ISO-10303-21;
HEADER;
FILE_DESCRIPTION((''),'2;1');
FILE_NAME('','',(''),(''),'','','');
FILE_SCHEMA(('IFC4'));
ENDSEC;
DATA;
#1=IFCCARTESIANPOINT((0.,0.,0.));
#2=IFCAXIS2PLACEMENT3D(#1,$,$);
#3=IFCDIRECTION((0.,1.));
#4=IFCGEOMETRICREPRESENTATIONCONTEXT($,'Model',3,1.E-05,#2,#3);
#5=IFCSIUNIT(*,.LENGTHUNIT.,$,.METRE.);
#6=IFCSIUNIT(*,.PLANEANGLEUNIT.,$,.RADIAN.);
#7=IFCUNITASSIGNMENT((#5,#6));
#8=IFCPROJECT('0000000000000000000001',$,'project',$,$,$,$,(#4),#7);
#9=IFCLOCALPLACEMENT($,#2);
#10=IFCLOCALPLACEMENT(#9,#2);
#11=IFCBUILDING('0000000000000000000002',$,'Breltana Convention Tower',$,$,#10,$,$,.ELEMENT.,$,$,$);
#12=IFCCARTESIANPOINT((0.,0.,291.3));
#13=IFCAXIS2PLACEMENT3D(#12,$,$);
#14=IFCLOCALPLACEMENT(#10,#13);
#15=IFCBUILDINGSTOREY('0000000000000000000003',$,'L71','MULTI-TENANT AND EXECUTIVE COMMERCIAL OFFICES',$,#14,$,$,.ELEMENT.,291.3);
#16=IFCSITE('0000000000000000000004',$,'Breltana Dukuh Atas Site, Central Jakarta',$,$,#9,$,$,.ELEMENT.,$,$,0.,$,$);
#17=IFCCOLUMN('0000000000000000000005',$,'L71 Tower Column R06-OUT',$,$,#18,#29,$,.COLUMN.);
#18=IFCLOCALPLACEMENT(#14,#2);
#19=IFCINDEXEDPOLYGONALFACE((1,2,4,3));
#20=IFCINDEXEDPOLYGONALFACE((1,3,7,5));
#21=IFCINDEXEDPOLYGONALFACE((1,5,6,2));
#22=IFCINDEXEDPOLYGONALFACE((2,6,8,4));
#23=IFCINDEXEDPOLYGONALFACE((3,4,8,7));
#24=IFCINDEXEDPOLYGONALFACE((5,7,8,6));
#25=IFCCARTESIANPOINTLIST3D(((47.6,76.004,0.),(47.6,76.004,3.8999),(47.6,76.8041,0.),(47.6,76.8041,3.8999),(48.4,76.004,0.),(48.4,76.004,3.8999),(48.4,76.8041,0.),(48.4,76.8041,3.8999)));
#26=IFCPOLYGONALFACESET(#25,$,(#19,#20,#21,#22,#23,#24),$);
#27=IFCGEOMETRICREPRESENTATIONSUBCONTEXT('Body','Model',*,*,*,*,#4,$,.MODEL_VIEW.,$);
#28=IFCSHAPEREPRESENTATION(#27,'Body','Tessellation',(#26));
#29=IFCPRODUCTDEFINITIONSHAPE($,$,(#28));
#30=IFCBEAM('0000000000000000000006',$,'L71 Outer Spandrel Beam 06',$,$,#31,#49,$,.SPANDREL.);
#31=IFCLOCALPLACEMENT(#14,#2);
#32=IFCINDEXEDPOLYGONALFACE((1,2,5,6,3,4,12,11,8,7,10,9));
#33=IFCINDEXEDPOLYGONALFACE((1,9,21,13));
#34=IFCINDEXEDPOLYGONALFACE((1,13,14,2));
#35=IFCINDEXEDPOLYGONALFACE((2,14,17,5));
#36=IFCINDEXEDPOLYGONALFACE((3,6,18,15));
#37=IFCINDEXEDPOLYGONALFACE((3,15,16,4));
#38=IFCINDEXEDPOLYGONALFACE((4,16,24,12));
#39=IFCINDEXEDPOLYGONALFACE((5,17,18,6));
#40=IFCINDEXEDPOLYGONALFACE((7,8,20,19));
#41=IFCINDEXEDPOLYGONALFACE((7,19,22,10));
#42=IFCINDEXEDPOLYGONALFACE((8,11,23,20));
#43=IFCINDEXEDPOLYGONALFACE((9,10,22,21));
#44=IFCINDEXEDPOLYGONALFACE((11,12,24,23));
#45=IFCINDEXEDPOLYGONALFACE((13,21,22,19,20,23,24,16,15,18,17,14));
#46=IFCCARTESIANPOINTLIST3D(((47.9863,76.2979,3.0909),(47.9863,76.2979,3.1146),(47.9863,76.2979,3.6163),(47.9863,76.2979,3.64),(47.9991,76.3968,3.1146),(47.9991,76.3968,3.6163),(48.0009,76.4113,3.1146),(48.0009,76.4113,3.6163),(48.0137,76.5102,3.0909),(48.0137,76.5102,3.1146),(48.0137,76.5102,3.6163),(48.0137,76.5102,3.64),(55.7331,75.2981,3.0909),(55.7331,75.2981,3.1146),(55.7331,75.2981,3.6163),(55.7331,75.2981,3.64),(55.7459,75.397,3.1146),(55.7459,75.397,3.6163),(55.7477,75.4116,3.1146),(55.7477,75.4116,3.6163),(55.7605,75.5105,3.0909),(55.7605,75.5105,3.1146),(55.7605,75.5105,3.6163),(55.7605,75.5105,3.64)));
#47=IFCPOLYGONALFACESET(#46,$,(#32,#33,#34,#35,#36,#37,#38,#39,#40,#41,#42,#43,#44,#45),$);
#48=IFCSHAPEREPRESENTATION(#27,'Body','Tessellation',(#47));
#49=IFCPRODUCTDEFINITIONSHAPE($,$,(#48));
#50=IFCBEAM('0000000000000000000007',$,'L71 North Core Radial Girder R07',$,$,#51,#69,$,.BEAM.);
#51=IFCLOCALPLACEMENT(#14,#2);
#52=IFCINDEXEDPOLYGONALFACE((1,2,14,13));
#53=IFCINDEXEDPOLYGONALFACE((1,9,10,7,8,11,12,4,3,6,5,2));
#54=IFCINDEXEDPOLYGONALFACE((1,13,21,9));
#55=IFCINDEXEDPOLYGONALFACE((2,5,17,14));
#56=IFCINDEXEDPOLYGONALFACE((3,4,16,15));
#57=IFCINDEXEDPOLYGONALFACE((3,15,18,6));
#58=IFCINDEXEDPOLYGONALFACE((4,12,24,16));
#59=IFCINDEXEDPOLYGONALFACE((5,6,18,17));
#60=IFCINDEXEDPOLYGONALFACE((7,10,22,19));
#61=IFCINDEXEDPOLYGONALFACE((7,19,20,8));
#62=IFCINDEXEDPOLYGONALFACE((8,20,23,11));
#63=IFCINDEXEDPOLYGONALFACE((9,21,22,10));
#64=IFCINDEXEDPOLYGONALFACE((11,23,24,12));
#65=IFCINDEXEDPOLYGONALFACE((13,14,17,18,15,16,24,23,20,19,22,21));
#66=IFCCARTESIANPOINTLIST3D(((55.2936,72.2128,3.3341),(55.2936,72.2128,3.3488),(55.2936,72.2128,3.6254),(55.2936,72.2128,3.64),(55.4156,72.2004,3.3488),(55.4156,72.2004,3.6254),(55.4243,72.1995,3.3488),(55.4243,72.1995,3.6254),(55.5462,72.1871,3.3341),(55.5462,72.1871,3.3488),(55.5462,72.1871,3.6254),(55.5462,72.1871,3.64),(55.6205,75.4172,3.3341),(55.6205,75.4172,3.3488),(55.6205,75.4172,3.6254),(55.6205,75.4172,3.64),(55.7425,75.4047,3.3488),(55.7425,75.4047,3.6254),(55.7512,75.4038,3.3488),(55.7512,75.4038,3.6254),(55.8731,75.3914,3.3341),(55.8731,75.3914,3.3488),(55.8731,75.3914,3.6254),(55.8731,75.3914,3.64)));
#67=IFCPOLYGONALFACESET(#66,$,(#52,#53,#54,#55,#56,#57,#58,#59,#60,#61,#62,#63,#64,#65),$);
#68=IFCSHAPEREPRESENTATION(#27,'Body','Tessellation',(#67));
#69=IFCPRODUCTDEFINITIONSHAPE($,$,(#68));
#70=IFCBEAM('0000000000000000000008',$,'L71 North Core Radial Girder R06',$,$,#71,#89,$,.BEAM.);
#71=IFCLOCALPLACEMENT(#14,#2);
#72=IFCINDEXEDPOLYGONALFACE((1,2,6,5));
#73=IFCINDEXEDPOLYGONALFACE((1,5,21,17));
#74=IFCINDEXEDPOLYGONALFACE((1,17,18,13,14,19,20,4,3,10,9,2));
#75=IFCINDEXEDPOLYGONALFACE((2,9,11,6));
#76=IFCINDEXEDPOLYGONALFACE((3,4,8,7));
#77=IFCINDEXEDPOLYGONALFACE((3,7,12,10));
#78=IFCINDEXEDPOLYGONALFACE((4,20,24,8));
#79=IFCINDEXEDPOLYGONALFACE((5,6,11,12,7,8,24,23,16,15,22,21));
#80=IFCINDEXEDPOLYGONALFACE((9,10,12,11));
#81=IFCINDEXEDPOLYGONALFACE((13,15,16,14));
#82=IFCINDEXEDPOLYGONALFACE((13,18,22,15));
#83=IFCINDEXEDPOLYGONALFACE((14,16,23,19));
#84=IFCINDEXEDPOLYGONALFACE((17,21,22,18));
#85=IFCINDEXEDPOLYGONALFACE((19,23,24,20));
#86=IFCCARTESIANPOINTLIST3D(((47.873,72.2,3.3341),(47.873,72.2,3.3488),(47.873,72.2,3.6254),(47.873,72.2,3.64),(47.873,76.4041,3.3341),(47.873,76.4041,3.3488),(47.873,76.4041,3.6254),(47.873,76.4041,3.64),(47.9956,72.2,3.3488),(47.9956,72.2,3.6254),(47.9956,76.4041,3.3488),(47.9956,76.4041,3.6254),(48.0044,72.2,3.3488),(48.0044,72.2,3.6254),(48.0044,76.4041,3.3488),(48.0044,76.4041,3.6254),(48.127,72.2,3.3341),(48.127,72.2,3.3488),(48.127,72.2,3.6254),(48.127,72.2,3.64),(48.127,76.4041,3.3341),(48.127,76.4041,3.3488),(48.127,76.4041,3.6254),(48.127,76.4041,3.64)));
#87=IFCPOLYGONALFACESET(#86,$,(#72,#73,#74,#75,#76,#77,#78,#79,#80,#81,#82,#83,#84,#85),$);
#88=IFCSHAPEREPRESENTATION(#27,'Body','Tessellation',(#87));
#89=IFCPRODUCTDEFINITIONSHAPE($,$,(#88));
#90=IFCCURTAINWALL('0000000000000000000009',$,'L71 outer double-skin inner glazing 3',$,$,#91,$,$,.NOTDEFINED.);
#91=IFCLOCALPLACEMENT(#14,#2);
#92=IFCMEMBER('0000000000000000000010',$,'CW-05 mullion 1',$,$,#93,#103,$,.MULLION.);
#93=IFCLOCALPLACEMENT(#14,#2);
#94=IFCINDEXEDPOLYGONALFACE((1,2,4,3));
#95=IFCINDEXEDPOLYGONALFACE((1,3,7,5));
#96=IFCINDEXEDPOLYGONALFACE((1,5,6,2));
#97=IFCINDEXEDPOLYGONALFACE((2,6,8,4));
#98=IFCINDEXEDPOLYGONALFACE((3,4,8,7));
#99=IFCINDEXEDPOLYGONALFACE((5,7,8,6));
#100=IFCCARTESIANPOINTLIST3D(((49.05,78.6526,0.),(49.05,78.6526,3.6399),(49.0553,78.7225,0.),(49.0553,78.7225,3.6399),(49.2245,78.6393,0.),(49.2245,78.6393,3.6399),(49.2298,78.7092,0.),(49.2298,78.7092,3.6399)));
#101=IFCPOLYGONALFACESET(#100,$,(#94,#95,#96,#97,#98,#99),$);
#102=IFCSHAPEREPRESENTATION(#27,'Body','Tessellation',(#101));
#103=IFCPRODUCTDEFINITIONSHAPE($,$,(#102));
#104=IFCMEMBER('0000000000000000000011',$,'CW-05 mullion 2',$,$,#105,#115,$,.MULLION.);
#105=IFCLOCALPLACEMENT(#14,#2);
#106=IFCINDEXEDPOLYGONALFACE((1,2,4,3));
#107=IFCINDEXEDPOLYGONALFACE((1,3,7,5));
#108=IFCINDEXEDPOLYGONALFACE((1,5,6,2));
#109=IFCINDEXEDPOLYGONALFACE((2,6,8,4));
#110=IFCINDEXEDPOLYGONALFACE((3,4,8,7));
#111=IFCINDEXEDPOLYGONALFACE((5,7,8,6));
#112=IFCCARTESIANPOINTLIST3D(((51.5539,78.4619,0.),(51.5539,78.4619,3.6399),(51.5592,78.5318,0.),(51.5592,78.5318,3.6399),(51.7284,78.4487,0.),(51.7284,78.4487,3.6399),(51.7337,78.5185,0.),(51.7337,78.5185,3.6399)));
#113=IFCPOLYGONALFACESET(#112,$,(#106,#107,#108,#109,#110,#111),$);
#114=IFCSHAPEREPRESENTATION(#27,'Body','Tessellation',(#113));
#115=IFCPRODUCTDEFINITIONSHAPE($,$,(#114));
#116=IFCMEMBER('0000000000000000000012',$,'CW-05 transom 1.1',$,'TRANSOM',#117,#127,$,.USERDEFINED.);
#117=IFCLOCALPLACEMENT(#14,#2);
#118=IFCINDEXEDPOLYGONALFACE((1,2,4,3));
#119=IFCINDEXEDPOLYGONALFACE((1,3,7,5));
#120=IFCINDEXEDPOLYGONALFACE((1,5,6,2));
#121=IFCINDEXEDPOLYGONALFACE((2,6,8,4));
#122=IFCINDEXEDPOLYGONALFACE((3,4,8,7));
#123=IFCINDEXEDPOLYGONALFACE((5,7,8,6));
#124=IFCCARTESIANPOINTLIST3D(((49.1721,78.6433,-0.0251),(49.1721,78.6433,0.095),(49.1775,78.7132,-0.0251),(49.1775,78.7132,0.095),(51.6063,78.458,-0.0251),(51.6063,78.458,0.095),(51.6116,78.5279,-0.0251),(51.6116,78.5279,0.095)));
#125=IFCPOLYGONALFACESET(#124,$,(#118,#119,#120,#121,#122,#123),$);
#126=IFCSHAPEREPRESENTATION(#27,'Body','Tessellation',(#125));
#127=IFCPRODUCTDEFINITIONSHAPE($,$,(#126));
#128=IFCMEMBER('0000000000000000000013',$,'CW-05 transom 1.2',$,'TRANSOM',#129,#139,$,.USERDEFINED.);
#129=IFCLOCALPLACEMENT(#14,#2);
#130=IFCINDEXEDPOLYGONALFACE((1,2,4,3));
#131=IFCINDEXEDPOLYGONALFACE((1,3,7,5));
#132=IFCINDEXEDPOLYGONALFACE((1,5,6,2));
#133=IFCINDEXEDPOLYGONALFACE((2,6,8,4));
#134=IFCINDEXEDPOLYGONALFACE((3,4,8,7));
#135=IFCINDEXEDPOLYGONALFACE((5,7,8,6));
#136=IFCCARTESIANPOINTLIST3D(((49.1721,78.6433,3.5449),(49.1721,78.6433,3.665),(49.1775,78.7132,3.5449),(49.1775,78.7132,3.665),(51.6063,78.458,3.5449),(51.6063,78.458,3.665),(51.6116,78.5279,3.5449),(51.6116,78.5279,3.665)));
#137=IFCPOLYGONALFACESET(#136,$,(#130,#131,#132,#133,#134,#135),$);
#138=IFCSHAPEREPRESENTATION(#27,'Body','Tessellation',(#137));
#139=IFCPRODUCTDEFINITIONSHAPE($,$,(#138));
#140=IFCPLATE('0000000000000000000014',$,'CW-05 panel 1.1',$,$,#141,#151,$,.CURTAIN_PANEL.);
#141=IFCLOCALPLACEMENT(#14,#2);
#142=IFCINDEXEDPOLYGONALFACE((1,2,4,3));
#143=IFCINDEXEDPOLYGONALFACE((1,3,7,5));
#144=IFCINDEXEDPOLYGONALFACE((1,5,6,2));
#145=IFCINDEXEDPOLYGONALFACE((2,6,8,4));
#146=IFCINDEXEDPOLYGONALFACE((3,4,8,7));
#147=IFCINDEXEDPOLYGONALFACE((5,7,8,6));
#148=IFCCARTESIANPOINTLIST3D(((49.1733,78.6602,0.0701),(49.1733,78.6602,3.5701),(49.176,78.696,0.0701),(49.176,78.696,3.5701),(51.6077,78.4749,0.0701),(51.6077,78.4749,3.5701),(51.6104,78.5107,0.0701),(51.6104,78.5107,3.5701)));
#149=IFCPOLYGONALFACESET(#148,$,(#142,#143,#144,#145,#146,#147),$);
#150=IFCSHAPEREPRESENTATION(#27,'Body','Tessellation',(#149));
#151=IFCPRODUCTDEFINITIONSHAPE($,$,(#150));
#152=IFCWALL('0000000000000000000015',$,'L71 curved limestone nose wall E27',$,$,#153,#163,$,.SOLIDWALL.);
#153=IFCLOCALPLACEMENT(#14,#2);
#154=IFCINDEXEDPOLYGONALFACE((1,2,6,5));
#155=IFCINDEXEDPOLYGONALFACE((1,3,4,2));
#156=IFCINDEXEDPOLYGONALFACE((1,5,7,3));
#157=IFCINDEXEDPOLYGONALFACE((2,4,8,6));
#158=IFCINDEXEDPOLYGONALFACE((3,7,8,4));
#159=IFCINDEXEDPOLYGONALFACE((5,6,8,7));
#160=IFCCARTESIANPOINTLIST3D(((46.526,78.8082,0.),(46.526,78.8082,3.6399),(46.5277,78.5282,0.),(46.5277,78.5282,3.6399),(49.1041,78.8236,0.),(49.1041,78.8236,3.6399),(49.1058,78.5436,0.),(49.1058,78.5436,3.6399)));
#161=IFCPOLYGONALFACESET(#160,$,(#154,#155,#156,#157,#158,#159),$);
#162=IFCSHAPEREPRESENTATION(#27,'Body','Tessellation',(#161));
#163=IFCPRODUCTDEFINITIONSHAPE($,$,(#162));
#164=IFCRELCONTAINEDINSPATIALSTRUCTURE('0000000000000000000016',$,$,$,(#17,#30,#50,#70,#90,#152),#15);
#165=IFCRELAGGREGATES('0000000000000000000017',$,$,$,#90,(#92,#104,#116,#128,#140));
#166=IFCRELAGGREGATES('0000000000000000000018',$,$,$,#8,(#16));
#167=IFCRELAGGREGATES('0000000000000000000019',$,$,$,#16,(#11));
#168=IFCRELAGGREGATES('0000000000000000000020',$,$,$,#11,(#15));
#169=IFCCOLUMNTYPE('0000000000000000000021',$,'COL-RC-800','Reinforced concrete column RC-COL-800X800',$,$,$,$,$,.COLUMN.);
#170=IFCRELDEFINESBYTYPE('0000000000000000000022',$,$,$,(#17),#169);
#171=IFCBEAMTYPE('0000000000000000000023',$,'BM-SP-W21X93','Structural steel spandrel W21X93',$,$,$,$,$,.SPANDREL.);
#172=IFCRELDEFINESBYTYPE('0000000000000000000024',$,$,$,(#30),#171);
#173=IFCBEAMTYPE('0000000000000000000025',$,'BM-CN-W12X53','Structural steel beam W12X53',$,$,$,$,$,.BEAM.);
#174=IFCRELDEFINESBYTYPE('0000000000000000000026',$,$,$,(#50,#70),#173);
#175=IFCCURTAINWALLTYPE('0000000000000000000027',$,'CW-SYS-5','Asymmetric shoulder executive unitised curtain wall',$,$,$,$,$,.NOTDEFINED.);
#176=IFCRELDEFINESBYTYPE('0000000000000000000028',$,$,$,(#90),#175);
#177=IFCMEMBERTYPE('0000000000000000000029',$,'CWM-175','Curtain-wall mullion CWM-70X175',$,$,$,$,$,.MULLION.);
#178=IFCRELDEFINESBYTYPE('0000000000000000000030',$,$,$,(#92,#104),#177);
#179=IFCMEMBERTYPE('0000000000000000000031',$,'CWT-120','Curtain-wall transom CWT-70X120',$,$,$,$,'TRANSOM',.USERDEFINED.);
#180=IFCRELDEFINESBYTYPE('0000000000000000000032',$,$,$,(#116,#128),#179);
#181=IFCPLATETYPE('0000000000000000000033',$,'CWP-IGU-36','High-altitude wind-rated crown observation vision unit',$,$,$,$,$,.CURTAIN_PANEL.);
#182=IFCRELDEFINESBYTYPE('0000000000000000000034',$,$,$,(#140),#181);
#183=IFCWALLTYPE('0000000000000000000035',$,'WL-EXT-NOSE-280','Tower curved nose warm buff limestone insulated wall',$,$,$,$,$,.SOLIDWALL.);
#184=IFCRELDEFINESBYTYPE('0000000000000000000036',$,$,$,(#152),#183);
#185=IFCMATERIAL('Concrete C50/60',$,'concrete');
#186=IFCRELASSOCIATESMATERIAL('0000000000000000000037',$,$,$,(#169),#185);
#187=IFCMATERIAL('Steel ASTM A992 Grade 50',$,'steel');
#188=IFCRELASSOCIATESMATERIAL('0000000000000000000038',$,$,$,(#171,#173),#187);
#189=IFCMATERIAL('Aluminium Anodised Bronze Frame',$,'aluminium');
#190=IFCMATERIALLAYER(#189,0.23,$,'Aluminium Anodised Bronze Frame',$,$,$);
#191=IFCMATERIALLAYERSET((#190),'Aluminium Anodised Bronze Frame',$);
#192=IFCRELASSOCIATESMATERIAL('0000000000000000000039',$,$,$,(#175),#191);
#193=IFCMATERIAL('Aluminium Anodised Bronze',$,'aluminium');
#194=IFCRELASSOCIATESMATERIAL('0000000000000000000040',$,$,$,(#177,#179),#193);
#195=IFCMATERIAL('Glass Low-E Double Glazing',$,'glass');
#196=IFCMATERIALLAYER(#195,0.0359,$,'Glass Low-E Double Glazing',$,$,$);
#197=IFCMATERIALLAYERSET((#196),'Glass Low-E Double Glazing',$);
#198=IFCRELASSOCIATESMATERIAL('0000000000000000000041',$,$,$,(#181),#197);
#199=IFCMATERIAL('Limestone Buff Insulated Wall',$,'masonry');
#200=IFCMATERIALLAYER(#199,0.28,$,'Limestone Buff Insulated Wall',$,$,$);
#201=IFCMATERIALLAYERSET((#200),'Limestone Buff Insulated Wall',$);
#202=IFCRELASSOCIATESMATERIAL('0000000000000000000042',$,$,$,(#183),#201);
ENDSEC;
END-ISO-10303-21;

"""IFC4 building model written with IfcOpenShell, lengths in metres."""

from ifc_helpers import new_model, si_unit, direction, frame, frame_2d, origin, origin_2d, place, context, subcontext, project, spatial, rectangle, i_section, extrude, source, transform, mapped, material, layer, layer_set, material_profile, profile_set, type_object, element, aggregate, save


model = new_model("IFC4")

# Units and contexts
model_context = context("Model", 3, precision=1e-05, world=origin(), true_north=direction((0.0, 1.0)))
body_context = subcontext(model_context, "Body", "Model", "MODEL_VIEW")
ifc_project = project(units=[si_unit("LENGTHUNIT", "METRE"), si_unit("PLANEANGLEUNIT", "RADIAN")], contexts=[model_context])

# Site, building, storey
site_placement = place(None, origin())
site = spatial("IfcSite", under=ifc_project, at=site_placement, Name="Breltana Dukuh Atas Site, Central Jakarta", CompositionType="ELEMENT", RefElevation=0.0)
building_placement = place(site_placement, origin())
building = spatial("IfcBuilding", under=site, at=building_placement, Name="Breltana Convention Tower", CompositionType="ELEMENT")
storey_placement = place(building_placement, frame((0.0, 0.0, 291.3)))
storey = spatial("IfcBuildingStorey", under=building, at=storey_placement, Name="L71", Description="MULTI-TENANT AND EXECUTIVE COMMERCIAL OFFICES", CompositionType="ELEMENT", Elevation=291.3)

# Column
ifc_material_1 = material(Name="Concrete C50/60", Category="concrete")
ifc_material_profile_1 = material_profile(ifc_material_1, rectangle(XDim=0.8, YDim=0.8, at=origin_2d()), Name="RC-COL-800X800")
ifc_profile_set_1 = profile_set([ifc_material_profile_1], Name="Concrete C50/60")
column_type = type_object("IfcColumnType", Name="COL-RC-800", Description="Reinforced concrete column RC-COL-800X800", PredefinedType="COLUMN", material=ifc_profile_set_1)
shared_shape_1 = source(origin(), body_context, "Body", "SweptSolid", [
    extrude(rectangle(XDim=0.8, YDim=0.8, at=origin_2d()), origin(), (0.0, 0.0, 1.0), 3.8999),
])
column_placement = place(storey_placement, frame((48.0, 76.4041, 0.0), z_axis=(0.0, 0.0, 1.0), x_axis=(0.0, 1.0, 0.0)))
element("IfcColumn", 1, at=column_placement, inside=storey, type_object=column_type, Name="L71 Tower Column R06-OUT", PredefinedType="COLUMN", context=body_context, shape_type="MappedRepresentation", body=[
    mapped(shared_shape_1, transform((0.0, 0.0, 0.0), scale=1.0)),
])

# Beams
ifc_material_2 = material(Name="Steel ASTM A992 Grade 50", Category="steel")
ifc_material_profile_2 = material_profile(ifc_material_2, i_section(OverallWidth=0.2141, OverallDepth=0.5491, WebThickness=0.0146, FlangeThickness=0.0237, at=origin_2d()), Name="W21X93")
ifc_profile_set_2 = profile_set([ifc_material_profile_2], Name="Steel ASTM A992 Grade 50")
beam_type_1 = type_object("IfcBeamType", Name="BM-SP-W21X93", Description="Structural steel spandrel W21X93", PredefinedType="SPANDREL", material=ifc_profile_set_2)
shared_shape_2 = source(origin(), body_context, "Body", "SweptSolid", [
    extrude(i_section(OverallWidth=0.2141, OverallDepth=0.5491, WebThickness=0.0146, FlangeThickness=0.0237, at=origin_2d()), origin(), (0.0, 0.0, 1.0), 7.811),
])
beam_1_placement = place(storey_placement, frame((48.0, 76.4041, 3.3655), z_axis=(0.991775, -0.127992, 0.0), x_axis=(0.127992, 0.991775, 0.0)))
element("IfcBeam", 2, at=beam_1_placement, inside=storey, type_object=beam_type_1, Name="L71 Outer Spandrel Beam 06", PredefinedType="SPANDREL", context=body_context, shape_type="MappedRepresentation", body=[
    mapped(shared_shape_2, transform((0.0, 0.0, 0.0), scale=1.0)),
])
ifc_material_profile_3 = material_profile(ifc_material_2, i_section(OverallWidth=0.2539, OverallDepth=0.3059, WebThickness=0.0088, FlangeThickness=0.0146, at=origin_2d()), Name="W12X53")
ifc_profile_set_3 = profile_set([ifc_material_profile_3], Name="Steel ASTM A992 Grade 50")
beam_type_2 = type_object("IfcBeamType", Name="BM-CN-W12X53", Description="Structural steel beam W12X53", PredefinedType="BEAM", material=ifc_profile_set_3)
shared_shape_3 = source(origin(), body_context, "Body", "SweptSolid", [
    extrude(i_section(OverallWidth=0.2539, OverallDepth=0.3059, WebThickness=0.0088, FlangeThickness=0.0146, at=origin_2d()), origin(), (0.0, 0.0, 1.0), 3.2209),
])
beam_2_placement = place(storey_placement, frame((55.4199, 72.2, 3.4871), z_axis=(0.101492, 0.994836, 0.0), x_axis=(-0.994836, 0.101492, 0.0)))
element("IfcBeam", 3, at=beam_2_placement, inside=storey, type_object=beam_type_2, Name="L71 North Core Radial Girder R07", PredefinedType="BEAM", context=body_context, shape_type="MappedRepresentation", body=[
    mapped(shared_shape_3, transform((0.0, 0.0, 0.0), scale=1.0)),
])
shared_shape_4 = source(origin(), body_context, "Body", "SweptSolid", [
    extrude(i_section(OverallWidth=0.2539, OverallDepth=0.3059, WebThickness=0.0088, FlangeThickness=0.0146, at=origin_2d()), origin(), (0.0, 0.0, 1.0), 4.2041),
])
beam_3_placement = place(storey_placement, frame((48.0, 72.2, 3.4871), z_axis=(0.0, 1.0, 0.0), x_axis=(-1.0, 0.0, 0.0)))
element("IfcBeam", 4, at=beam_3_placement, inside=storey, type_object=beam_type_2, Name="L71 North Core Radial Girder R06", PredefinedType="BEAM", context=body_context, shape_type="MappedRepresentation", body=[
    mapped(shared_shape_4, transform((0.0, 0.0, 0.0), scale=1.0)),
])

# Curtain wall, members, plate
ifc_material_3 = material(Name="Aluminium Anodised Bronze Frame", Category="aluminium")
ifc_layer_1 = layer(ifc_material_3, 0.23, Name="Aluminium Anodised Bronze Frame")
ifc_layer_set_1 = layer_set([ifc_layer_1], Name="Aluminium Anodised Bronze Frame")
curtain_wall_type = type_object("IfcCurtainWallType", Name="CW-SYS-5", Description="Asymmetric shoulder executive unitised curtain wall", PredefinedType="NOTDEFINED", material=ifc_layer_set_1)
curtain_wall_placement = place(storey_placement, origin())
curtain_wall = element("IfcCurtainWall", 5, at=curtain_wall_placement, inside=storey, type_object=curtain_wall_type, Name="L71 outer double-skin inner glazing 3", PredefinedType="NOTDEFINED")
ifc_material_4 = material(Name="Aluminium Anodised Bronze", Category="aluminium")
ifc_material_profile_4 = material_profile(ifc_material_4, rectangle(XDim=0.0701, YDim=0.175, at=origin_2d()), Name="CWM-70X175")
ifc_profile_set_4 = profile_set([ifc_material_profile_4], Name="Aluminium Anodised Bronze")
member_type_1 = type_object("IfcMemberType", Name="CWM-175", Description="Curtain-wall mullion CWM-70X175", PredefinedType="MULLION", material=ifc_profile_set_4)
shared_shape_5 = source(origin(), body_context, "Body", "SweptSolid", [
    extrude(rectangle(XDim=0.0701, YDim=0.175, at=origin_2d()), origin(), (0.0, 0.0, 1.0), 3.6399),
])
member_1_placement = place(storey_placement, frame((49.1399, 78.6809, 0.0), z_axis=(0.0, 0.0, 1.0), x_axis=(0.075891, 0.997116, 0.0)))
member_1 = element("IfcMember", 6, at=member_1_placement, type_object=member_type_1, Name="CW-05 mullion 1", PredefinedType="MULLION", context=body_context, shape_type="MappedRepresentation", body=[
    mapped(shared_shape_5, transform((0.0, 0.0, 0.0), scale=1.0)),
])
member_2_placement = place(storey_placement, frame((51.6438, 78.4902, 0.0), z_axis=(0.0, 0.0, 1.0), x_axis=(0.075891, 0.997116, 0.0)))
member_2 = element("IfcMember", 7, at=member_2_placement, type_object=member_type_1, Name="CW-05 mullion 2", PredefinedType="MULLION", context=body_context, shape_type="MappedRepresentation", body=[
    mapped(shared_shape_5, transform((0.0, 0.0, 0.0), scale=1.0)),
])
ifc_material_profile_5 = material_profile(ifc_material_4, rectangle(XDim=0.0701, YDim=0.1201, at=origin_2d()), Name="CWT-70X120")
ifc_profile_set_5 = profile_set([ifc_material_profile_5], Name="Aluminium Anodised Bronze")
member_type_2 = type_object("IfcMemberType", Name="CWT-120", Description="Curtain-wall transom CWT-70X120", ElementType="TRANSOM", PredefinedType="USERDEFINED", material=ifc_profile_set_5)
shared_shape_6 = source(origin(), body_context, "Body", "SweptSolid", [
    extrude(rectangle(XDim=0.0701, YDim=0.1201, at=origin_2d()), origin(), (0.0, 0.0, 1.0), 2.4412),
])
member_3_placement = place(storey_placement, frame((49.1748, 78.6782, 0.0349), z_axis=(0.997115, -0.075909, 0.0), x_axis=(0.075909, 0.997115, 0.0)))
member_3 = element("IfcMember", 8, at=member_3_placement, type_object=member_type_2, Name="CW-05 transom 1.1", ObjectType="TRANSOM", PredefinedType="USERDEFINED", context=body_context, shape_type="MappedRepresentation", body=[
    mapped(shared_shape_6, transform((0.0, 0.0, 0.0), scale=1.0)),
])
member_4_placement = place(storey_placement, frame((49.1748, 78.6782, 3.605), z_axis=(0.997115, -0.075909, 0.0), x_axis=(0.075909, 0.997115, 0.0)))
member_4 = element("IfcMember", 9, at=member_4_placement, type_object=member_type_2, Name="CW-05 transom 1.2", ObjectType="TRANSOM", PredefinedType="USERDEFINED", context=body_context, shape_type="MappedRepresentation", body=[
    mapped(shared_shape_6, transform((0.0, 0.0, 0.0), scale=1.0)),
])
ifc_material_5 = material(Name="Glass Low-E Double Glazing", Category="glass")
ifc_layer_2 = layer(ifc_material_5, 0.0359, Name="Glass Low-E Double Glazing")
ifc_layer_set_2 = layer_set([ifc_layer_2], Name="Glass Low-E Double Glazing")
plate_type = type_object("IfcPlateType", Name="CWP-IGU-36", Description="High-altitude wind-rated crown observation vision unit", PredefinedType="CURTAIN_PANEL", material=ifc_layer_set_2)
shared_shape_7 = source(origin(), body_context, "Body", "SweptSolid", [
    extrude(rectangle(XDim=2.4414, YDim=0.0359, at=origin_2d()), origin(), (0.0, 0.0, 1.0), 3.5),
])
plate_placement = place(storey_placement, frame((50.3918, 78.5854, 0.0701), z_axis=(0.0, 0.0, 1.0), x_axis=(0.997116, -0.075891, 0.0)))
plate = element("IfcPlate", 10, at=plate_placement, type_object=plate_type, Name="CW-05 panel 1.1", PredefinedType="CURTAIN_PANEL", context=body_context, shape_type="MappedRepresentation", body=[
    mapped(shared_shape_7, transform((0.0, 0.0, 0.0), scale=1.0)),
])
aggregate(curtain_wall, [member_1, member_2, member_3, member_4, plate])

# Wall
ifc_material_6 = material(Name="Limestone Buff Insulated Wall", Category="masonry")
ifc_layer_3 = layer(ifc_material_6, 0.28, Name="Limestone Buff Insulated Wall")
ifc_layer_set_3 = layer_set([ifc_layer_3], Name="Limestone Buff Insulated Wall")
wall_type_1 = type_object("IfcWallType", Name="WL-EXT-NOSE-280", Description="Tower curved nose warm buff limestone insulated wall", PredefinedType="SOLIDWALL", material=ifc_layer_set_3)
shared_shape_8 = source(origin(), body_context, "Body", "SweptSolid", [
    extrude(rectangle(XDim=2.5781, YDim=0.28, at=frame_2d((1.2891, 0.0))), origin(), (0.0, 0.0, 1.0), 3.6399),
])
wall_1_placement = place(storey_placement, frame((46.5269, 78.6682, 0.0), z_axis=(0.0, 0.0, 1.0), x_axis=(0.999982, 0.005966, 0.0)))
element("IfcWall", 11, at=wall_1_placement, inside=storey, type_object=wall_type_1, Name="L71 curved limestone nose wall E27", PredefinedType="SOLIDWALL", context=body_context, shape_type="MappedRepresentation", body=[
    mapped(shared_shape_8, transform((0.0, 0.0, 0.0), scale=1.0)),
])

save(model, "model.ifc")
